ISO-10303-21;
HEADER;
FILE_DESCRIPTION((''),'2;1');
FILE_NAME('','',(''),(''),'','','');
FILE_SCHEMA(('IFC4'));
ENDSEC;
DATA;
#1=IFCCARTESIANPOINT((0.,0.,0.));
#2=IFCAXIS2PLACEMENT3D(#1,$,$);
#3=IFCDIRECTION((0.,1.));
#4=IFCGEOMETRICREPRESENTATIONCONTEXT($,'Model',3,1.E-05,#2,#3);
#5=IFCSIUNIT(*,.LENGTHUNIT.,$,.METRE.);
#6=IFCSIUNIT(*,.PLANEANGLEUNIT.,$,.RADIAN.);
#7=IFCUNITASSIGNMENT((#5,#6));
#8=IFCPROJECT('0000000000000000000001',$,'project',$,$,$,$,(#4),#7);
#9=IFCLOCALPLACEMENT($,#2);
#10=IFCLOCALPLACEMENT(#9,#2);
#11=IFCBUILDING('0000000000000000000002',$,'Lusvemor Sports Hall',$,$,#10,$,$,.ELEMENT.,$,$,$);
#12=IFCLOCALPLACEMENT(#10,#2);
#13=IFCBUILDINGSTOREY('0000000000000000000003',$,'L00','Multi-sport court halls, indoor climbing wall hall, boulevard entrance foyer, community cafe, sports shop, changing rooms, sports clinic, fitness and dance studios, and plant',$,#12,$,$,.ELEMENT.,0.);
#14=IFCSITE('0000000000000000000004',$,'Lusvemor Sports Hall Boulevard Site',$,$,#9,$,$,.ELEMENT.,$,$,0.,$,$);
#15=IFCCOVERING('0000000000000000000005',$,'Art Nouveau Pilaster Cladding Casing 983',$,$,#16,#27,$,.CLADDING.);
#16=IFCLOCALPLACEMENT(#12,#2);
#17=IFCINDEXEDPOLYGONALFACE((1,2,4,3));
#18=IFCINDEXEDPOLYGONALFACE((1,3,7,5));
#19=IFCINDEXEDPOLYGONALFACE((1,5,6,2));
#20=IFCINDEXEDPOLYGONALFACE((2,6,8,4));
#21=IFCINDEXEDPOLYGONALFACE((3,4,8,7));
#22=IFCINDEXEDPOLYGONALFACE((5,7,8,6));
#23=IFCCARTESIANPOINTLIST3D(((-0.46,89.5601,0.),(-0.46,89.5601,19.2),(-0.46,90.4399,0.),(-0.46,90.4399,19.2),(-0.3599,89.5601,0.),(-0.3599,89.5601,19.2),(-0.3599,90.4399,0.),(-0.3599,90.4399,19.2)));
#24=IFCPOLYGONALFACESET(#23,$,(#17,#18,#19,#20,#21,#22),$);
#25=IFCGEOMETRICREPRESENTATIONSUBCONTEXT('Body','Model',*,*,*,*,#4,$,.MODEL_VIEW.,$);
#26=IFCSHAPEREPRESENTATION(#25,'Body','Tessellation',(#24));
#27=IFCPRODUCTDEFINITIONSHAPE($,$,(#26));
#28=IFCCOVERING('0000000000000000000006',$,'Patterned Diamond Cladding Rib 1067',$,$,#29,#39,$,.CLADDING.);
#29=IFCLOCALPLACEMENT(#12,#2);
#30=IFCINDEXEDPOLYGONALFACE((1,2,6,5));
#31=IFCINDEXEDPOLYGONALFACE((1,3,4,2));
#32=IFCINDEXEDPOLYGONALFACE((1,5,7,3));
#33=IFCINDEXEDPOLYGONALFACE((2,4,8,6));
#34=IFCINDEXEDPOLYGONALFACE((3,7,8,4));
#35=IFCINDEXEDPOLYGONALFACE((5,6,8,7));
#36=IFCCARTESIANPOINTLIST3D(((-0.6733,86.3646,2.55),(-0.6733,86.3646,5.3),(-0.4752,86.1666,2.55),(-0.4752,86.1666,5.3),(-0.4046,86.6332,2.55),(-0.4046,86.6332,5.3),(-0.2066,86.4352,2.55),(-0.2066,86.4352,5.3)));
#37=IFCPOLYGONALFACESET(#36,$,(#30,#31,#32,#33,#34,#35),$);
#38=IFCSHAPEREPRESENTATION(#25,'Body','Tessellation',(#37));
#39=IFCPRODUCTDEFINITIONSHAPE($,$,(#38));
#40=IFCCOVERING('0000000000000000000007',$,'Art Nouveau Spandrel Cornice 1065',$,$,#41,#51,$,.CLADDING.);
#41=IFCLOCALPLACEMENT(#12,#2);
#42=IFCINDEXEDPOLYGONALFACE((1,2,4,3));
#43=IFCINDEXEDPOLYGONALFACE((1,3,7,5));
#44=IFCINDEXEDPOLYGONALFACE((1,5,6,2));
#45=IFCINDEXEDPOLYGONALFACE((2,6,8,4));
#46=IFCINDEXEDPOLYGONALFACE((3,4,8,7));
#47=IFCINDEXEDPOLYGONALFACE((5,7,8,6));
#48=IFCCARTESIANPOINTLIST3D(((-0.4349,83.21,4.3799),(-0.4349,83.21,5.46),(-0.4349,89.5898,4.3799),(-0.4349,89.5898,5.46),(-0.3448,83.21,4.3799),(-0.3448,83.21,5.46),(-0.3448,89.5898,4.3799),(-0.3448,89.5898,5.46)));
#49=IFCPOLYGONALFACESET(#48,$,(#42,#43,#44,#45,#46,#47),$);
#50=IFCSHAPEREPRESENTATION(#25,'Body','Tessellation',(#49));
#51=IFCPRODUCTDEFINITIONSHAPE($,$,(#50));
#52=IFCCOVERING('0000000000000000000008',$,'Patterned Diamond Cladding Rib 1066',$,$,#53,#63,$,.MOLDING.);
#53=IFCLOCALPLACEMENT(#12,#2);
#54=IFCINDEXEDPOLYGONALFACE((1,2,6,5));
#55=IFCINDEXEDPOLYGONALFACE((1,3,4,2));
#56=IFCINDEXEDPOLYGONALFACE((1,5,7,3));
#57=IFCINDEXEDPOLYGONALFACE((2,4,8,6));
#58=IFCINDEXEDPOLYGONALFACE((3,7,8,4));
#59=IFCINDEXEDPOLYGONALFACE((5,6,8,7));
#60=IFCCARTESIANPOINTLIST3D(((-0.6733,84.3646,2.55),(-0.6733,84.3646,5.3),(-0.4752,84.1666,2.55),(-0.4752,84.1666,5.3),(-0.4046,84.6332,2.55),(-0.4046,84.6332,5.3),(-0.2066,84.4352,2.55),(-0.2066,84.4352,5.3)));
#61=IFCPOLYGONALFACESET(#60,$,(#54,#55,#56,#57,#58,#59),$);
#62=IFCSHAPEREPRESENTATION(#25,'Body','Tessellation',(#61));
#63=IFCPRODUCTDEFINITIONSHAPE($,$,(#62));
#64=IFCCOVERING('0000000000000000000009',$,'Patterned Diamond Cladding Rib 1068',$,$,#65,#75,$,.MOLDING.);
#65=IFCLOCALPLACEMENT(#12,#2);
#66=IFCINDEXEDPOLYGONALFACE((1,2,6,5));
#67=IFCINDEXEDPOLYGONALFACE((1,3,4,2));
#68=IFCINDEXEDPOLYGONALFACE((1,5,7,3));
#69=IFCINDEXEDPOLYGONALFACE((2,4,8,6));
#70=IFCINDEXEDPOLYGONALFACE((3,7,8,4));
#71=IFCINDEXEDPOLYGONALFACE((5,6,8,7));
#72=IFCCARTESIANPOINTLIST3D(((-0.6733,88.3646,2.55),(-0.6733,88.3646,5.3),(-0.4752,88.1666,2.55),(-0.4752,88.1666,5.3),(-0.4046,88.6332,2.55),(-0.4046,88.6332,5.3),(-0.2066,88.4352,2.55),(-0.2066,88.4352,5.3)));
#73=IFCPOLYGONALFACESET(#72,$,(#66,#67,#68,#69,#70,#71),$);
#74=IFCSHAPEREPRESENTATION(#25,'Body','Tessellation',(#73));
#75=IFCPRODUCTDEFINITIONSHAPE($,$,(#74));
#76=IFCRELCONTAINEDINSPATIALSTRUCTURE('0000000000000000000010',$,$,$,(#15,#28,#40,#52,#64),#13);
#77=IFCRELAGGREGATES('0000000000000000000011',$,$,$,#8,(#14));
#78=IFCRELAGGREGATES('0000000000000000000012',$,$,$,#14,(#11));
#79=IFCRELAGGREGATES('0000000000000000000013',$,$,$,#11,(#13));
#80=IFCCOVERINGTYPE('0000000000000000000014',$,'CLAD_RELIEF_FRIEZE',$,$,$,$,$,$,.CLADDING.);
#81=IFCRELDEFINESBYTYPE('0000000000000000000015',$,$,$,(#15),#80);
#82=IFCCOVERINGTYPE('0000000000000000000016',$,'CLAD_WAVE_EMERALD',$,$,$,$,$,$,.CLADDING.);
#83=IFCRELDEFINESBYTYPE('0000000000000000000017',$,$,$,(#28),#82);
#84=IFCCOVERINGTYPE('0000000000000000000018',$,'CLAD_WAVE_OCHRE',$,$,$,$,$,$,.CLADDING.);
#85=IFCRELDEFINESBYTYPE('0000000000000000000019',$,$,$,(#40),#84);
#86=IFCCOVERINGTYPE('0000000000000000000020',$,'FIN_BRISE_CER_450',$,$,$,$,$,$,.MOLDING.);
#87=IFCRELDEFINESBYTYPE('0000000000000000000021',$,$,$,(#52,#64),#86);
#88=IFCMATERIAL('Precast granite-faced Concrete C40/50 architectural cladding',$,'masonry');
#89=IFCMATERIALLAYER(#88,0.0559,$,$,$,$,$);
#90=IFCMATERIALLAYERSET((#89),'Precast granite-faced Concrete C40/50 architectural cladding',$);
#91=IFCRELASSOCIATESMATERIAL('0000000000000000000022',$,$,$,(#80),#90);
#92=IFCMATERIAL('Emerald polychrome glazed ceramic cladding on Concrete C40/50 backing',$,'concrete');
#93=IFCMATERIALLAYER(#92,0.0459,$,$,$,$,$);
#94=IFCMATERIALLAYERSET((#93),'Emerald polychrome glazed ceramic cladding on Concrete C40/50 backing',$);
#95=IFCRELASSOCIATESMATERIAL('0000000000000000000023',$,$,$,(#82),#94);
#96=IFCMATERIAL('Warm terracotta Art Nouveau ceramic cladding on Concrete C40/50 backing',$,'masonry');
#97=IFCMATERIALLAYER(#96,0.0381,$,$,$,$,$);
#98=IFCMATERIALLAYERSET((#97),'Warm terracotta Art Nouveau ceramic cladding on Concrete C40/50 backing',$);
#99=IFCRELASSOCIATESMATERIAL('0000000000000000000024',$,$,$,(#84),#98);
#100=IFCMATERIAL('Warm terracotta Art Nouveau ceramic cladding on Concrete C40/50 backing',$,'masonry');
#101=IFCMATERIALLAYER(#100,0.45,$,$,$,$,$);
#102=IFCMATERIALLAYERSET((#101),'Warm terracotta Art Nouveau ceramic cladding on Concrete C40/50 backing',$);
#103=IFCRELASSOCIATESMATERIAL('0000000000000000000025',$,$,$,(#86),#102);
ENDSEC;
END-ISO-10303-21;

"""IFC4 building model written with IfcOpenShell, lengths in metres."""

from ifc_helpers import new_model, si_unit, direction, frame, origin, origin_2d, place, context, subcontext, project, spatial, rectangle, extrude, material, layer, layer_set, type_object, element, save


model = new_model("IFC4")

# Units and contexts
model_context = context("Model", 3, precision=1e-05, world=origin(), true_north=direction((0.0, 1.0)))
body_context = subcontext(model_context, "Body", "Model", "MODEL_VIEW")
ifc_project = project(units=[si_unit("LENGTHUNIT", "METRE"), si_unit("PLANEANGLEUNIT", "RADIAN")], contexts=[model_context])

# Site, building, storey
site_placement = place(None, origin())
site = spatial("IfcSite", under=ifc_project, at=site_placement, Name="Lusvemor Sports Hall Boulevard Site", CompositionType="ELEMENT", RefElevation=0.0)
building_placement = place(site_placement, origin())
building = spatial("IfcBuilding", under=site, at=building_placement, Name="Lusvemor Sports Hall", CompositionType="ELEMENT")
storey_placement = place(building_placement, origin())
storey = spatial("IfcBuildingStorey", under=building, at=storey_placement, Name="L00", Description="Multi-sport court halls, indoor climbing wall hall, boulevard entrance foyer, community cafe, sports shop, changing rooms, sports clinic, fitness and dance studios, and plant", CompositionType="ELEMENT", Elevation=0.0)

# Coverings
ifc_material_1 = material(Name="Precast granite-faced Concrete C40/50 architectural cladding", Category="masonry")
ifc_layer_1 = layer(ifc_material_1, 0.0559)
ifc_layer_set_1 = layer_set([ifc_layer_1], Name="Precast granite-faced Concrete C40/50 architectural cladding")
covering_type_1 = type_object("IfcCoveringType", Name="CLAD_RELIEF_FRIEZE", PredefinedType="CLADDING", material=ifc_layer_set_1)
covering_1_placement = place(storey_placement, frame((-0.4099, 90.0, 0.0), z_axis=(0.0, 0.0, 1.0), x_axis=(1.0, 0.0, 0.0)))
element("IfcCovering", 1, at=covering_1_placement, inside=storey, type_object=covering_type_1, Name="Art Nouveau Pilaster Cladding Casing 983", PredefinedType="CLADDING", context=body_context, shape_type="SweptSolid", body=[
    extrude(rectangle(XDim=0.1001, YDim=0.8799, at=origin_2d()), origin(), (0.0, 0.0, 1.0), 19.2),
])
ifc_material_2 = material(Name="Emerald polychrome glazed ceramic cladding on Concrete C40/50 backing", Category="concrete")
ifc_layer_2 = layer(ifc_material_2, 0.0459)
ifc_layer_set_2 = layer_set([ifc_layer_2], Name="Emerald polychrome glazed ceramic cladding on Concrete C40/50 backing")
covering_type_2 = type_object("IfcCoveringType", Name="CLAD_WAVE_EMERALD", PredefinedType="CLADDING", material=ifc_layer_set_2)
covering_2_placement = place(storey_placement, frame((-0.4399, 86.3999, 2.55), z_axis=(0.0, 0.0, 1.0), x_axis=(0.707107, 0.707107, 0.0)))
element("IfcCovering", 2, at=covering_2_placement, inside=storey, type_object=covering_type_2, Name="Patterned Diamond Cladding Rib 1067", PredefinedType="CLADDING", context=body_context, shape_type="SweptSolid", body=[
    extrude(rectangle(XDim=0.3799, YDim=0.28, at=origin_2d()), origin(), (0.0, 0.0, 1.0), 2.75),
])
ifc_material_3 = material(Name="Warm terracotta Art Nouveau ceramic cladding on Concrete C40/50 backing", Category="masonry")
ifc_layer_3 = layer(ifc_material_3, 0.0381)
ifc_layer_set_3 = layer_set([ifc_layer_3], Name="Warm terracotta Art Nouveau ceramic cladding on Concrete C40/50 backing")
covering_type_3 = type_object("IfcCoveringType", Name="CLAD_WAVE_OCHRE", PredefinedType="CLADDING", material=ifc_layer_set_3)
covering_3_placement = place(storey_placement, frame((-0.3899, 86.3999, 4.3799), z_axis=(0.0, 0.0, 1.0), x_axis=(1.0, 0.0, 0.0)))
element("IfcCovering", 3, at=covering_3_placement, inside=storey, type_object=covering_type_3, Name="Art Nouveau Spandrel Cornice 1065", PredefinedType="CLADDING", context=body_context, shape_type="SweptSolid", body=[
    extrude(rectangle(XDim=0.0901, YDim=6.3799, at=origin_2d()), origin(), (0.0, 0.0, 1.0), 1.0801),
])
ifc_material_4 = material(Name="Warm terracotta Art Nouveau ceramic cladding on Concrete C40/50 backing", Category="masonry")
ifc_layer_4 = layer(ifc_material_4, 0.45)
ifc_layer_set_4 = layer_set([ifc_layer_4], Name="Warm terracotta Art Nouveau ceramic cladding on Concrete C40/50 backing")
covering_type_4 = type_object("IfcCoveringType", Name="FIN_BRISE_CER_450", PredefinedType="MOLDING", material=ifc_layer_set_4)
for number, where, z_axis, x_axis, name in (
    (4, (-0.4399, 84.3999, 2.55), (0.0, 0.0, 1.0), (0.707107, 0.707107, 0.0), "Patterned Diamond Cladding Rib 1066"),
    (5, (-0.4399, 88.3999, 2.55), (0.0, 0.0, 1.0), (0.707107, 0.707107, 0.0), "Patterned Diamond Cladding Rib 1068"),
):
    element("IfcCovering", number, at=place(storey_placement, frame(where, z_axis=z_axis, x_axis=x_axis)), inside=storey, type_object=covering_type_4, Name=name, PredefinedType="MOLDING", context=body_context, shape_type="SweptSolid", body=[
        extrude(rectangle(XDim=0.3799, YDim=0.28, at=origin_2d()), origin(), (0.0, 0.0, 1.0), 2.75),
    ])

save(model, "model.ifc")
